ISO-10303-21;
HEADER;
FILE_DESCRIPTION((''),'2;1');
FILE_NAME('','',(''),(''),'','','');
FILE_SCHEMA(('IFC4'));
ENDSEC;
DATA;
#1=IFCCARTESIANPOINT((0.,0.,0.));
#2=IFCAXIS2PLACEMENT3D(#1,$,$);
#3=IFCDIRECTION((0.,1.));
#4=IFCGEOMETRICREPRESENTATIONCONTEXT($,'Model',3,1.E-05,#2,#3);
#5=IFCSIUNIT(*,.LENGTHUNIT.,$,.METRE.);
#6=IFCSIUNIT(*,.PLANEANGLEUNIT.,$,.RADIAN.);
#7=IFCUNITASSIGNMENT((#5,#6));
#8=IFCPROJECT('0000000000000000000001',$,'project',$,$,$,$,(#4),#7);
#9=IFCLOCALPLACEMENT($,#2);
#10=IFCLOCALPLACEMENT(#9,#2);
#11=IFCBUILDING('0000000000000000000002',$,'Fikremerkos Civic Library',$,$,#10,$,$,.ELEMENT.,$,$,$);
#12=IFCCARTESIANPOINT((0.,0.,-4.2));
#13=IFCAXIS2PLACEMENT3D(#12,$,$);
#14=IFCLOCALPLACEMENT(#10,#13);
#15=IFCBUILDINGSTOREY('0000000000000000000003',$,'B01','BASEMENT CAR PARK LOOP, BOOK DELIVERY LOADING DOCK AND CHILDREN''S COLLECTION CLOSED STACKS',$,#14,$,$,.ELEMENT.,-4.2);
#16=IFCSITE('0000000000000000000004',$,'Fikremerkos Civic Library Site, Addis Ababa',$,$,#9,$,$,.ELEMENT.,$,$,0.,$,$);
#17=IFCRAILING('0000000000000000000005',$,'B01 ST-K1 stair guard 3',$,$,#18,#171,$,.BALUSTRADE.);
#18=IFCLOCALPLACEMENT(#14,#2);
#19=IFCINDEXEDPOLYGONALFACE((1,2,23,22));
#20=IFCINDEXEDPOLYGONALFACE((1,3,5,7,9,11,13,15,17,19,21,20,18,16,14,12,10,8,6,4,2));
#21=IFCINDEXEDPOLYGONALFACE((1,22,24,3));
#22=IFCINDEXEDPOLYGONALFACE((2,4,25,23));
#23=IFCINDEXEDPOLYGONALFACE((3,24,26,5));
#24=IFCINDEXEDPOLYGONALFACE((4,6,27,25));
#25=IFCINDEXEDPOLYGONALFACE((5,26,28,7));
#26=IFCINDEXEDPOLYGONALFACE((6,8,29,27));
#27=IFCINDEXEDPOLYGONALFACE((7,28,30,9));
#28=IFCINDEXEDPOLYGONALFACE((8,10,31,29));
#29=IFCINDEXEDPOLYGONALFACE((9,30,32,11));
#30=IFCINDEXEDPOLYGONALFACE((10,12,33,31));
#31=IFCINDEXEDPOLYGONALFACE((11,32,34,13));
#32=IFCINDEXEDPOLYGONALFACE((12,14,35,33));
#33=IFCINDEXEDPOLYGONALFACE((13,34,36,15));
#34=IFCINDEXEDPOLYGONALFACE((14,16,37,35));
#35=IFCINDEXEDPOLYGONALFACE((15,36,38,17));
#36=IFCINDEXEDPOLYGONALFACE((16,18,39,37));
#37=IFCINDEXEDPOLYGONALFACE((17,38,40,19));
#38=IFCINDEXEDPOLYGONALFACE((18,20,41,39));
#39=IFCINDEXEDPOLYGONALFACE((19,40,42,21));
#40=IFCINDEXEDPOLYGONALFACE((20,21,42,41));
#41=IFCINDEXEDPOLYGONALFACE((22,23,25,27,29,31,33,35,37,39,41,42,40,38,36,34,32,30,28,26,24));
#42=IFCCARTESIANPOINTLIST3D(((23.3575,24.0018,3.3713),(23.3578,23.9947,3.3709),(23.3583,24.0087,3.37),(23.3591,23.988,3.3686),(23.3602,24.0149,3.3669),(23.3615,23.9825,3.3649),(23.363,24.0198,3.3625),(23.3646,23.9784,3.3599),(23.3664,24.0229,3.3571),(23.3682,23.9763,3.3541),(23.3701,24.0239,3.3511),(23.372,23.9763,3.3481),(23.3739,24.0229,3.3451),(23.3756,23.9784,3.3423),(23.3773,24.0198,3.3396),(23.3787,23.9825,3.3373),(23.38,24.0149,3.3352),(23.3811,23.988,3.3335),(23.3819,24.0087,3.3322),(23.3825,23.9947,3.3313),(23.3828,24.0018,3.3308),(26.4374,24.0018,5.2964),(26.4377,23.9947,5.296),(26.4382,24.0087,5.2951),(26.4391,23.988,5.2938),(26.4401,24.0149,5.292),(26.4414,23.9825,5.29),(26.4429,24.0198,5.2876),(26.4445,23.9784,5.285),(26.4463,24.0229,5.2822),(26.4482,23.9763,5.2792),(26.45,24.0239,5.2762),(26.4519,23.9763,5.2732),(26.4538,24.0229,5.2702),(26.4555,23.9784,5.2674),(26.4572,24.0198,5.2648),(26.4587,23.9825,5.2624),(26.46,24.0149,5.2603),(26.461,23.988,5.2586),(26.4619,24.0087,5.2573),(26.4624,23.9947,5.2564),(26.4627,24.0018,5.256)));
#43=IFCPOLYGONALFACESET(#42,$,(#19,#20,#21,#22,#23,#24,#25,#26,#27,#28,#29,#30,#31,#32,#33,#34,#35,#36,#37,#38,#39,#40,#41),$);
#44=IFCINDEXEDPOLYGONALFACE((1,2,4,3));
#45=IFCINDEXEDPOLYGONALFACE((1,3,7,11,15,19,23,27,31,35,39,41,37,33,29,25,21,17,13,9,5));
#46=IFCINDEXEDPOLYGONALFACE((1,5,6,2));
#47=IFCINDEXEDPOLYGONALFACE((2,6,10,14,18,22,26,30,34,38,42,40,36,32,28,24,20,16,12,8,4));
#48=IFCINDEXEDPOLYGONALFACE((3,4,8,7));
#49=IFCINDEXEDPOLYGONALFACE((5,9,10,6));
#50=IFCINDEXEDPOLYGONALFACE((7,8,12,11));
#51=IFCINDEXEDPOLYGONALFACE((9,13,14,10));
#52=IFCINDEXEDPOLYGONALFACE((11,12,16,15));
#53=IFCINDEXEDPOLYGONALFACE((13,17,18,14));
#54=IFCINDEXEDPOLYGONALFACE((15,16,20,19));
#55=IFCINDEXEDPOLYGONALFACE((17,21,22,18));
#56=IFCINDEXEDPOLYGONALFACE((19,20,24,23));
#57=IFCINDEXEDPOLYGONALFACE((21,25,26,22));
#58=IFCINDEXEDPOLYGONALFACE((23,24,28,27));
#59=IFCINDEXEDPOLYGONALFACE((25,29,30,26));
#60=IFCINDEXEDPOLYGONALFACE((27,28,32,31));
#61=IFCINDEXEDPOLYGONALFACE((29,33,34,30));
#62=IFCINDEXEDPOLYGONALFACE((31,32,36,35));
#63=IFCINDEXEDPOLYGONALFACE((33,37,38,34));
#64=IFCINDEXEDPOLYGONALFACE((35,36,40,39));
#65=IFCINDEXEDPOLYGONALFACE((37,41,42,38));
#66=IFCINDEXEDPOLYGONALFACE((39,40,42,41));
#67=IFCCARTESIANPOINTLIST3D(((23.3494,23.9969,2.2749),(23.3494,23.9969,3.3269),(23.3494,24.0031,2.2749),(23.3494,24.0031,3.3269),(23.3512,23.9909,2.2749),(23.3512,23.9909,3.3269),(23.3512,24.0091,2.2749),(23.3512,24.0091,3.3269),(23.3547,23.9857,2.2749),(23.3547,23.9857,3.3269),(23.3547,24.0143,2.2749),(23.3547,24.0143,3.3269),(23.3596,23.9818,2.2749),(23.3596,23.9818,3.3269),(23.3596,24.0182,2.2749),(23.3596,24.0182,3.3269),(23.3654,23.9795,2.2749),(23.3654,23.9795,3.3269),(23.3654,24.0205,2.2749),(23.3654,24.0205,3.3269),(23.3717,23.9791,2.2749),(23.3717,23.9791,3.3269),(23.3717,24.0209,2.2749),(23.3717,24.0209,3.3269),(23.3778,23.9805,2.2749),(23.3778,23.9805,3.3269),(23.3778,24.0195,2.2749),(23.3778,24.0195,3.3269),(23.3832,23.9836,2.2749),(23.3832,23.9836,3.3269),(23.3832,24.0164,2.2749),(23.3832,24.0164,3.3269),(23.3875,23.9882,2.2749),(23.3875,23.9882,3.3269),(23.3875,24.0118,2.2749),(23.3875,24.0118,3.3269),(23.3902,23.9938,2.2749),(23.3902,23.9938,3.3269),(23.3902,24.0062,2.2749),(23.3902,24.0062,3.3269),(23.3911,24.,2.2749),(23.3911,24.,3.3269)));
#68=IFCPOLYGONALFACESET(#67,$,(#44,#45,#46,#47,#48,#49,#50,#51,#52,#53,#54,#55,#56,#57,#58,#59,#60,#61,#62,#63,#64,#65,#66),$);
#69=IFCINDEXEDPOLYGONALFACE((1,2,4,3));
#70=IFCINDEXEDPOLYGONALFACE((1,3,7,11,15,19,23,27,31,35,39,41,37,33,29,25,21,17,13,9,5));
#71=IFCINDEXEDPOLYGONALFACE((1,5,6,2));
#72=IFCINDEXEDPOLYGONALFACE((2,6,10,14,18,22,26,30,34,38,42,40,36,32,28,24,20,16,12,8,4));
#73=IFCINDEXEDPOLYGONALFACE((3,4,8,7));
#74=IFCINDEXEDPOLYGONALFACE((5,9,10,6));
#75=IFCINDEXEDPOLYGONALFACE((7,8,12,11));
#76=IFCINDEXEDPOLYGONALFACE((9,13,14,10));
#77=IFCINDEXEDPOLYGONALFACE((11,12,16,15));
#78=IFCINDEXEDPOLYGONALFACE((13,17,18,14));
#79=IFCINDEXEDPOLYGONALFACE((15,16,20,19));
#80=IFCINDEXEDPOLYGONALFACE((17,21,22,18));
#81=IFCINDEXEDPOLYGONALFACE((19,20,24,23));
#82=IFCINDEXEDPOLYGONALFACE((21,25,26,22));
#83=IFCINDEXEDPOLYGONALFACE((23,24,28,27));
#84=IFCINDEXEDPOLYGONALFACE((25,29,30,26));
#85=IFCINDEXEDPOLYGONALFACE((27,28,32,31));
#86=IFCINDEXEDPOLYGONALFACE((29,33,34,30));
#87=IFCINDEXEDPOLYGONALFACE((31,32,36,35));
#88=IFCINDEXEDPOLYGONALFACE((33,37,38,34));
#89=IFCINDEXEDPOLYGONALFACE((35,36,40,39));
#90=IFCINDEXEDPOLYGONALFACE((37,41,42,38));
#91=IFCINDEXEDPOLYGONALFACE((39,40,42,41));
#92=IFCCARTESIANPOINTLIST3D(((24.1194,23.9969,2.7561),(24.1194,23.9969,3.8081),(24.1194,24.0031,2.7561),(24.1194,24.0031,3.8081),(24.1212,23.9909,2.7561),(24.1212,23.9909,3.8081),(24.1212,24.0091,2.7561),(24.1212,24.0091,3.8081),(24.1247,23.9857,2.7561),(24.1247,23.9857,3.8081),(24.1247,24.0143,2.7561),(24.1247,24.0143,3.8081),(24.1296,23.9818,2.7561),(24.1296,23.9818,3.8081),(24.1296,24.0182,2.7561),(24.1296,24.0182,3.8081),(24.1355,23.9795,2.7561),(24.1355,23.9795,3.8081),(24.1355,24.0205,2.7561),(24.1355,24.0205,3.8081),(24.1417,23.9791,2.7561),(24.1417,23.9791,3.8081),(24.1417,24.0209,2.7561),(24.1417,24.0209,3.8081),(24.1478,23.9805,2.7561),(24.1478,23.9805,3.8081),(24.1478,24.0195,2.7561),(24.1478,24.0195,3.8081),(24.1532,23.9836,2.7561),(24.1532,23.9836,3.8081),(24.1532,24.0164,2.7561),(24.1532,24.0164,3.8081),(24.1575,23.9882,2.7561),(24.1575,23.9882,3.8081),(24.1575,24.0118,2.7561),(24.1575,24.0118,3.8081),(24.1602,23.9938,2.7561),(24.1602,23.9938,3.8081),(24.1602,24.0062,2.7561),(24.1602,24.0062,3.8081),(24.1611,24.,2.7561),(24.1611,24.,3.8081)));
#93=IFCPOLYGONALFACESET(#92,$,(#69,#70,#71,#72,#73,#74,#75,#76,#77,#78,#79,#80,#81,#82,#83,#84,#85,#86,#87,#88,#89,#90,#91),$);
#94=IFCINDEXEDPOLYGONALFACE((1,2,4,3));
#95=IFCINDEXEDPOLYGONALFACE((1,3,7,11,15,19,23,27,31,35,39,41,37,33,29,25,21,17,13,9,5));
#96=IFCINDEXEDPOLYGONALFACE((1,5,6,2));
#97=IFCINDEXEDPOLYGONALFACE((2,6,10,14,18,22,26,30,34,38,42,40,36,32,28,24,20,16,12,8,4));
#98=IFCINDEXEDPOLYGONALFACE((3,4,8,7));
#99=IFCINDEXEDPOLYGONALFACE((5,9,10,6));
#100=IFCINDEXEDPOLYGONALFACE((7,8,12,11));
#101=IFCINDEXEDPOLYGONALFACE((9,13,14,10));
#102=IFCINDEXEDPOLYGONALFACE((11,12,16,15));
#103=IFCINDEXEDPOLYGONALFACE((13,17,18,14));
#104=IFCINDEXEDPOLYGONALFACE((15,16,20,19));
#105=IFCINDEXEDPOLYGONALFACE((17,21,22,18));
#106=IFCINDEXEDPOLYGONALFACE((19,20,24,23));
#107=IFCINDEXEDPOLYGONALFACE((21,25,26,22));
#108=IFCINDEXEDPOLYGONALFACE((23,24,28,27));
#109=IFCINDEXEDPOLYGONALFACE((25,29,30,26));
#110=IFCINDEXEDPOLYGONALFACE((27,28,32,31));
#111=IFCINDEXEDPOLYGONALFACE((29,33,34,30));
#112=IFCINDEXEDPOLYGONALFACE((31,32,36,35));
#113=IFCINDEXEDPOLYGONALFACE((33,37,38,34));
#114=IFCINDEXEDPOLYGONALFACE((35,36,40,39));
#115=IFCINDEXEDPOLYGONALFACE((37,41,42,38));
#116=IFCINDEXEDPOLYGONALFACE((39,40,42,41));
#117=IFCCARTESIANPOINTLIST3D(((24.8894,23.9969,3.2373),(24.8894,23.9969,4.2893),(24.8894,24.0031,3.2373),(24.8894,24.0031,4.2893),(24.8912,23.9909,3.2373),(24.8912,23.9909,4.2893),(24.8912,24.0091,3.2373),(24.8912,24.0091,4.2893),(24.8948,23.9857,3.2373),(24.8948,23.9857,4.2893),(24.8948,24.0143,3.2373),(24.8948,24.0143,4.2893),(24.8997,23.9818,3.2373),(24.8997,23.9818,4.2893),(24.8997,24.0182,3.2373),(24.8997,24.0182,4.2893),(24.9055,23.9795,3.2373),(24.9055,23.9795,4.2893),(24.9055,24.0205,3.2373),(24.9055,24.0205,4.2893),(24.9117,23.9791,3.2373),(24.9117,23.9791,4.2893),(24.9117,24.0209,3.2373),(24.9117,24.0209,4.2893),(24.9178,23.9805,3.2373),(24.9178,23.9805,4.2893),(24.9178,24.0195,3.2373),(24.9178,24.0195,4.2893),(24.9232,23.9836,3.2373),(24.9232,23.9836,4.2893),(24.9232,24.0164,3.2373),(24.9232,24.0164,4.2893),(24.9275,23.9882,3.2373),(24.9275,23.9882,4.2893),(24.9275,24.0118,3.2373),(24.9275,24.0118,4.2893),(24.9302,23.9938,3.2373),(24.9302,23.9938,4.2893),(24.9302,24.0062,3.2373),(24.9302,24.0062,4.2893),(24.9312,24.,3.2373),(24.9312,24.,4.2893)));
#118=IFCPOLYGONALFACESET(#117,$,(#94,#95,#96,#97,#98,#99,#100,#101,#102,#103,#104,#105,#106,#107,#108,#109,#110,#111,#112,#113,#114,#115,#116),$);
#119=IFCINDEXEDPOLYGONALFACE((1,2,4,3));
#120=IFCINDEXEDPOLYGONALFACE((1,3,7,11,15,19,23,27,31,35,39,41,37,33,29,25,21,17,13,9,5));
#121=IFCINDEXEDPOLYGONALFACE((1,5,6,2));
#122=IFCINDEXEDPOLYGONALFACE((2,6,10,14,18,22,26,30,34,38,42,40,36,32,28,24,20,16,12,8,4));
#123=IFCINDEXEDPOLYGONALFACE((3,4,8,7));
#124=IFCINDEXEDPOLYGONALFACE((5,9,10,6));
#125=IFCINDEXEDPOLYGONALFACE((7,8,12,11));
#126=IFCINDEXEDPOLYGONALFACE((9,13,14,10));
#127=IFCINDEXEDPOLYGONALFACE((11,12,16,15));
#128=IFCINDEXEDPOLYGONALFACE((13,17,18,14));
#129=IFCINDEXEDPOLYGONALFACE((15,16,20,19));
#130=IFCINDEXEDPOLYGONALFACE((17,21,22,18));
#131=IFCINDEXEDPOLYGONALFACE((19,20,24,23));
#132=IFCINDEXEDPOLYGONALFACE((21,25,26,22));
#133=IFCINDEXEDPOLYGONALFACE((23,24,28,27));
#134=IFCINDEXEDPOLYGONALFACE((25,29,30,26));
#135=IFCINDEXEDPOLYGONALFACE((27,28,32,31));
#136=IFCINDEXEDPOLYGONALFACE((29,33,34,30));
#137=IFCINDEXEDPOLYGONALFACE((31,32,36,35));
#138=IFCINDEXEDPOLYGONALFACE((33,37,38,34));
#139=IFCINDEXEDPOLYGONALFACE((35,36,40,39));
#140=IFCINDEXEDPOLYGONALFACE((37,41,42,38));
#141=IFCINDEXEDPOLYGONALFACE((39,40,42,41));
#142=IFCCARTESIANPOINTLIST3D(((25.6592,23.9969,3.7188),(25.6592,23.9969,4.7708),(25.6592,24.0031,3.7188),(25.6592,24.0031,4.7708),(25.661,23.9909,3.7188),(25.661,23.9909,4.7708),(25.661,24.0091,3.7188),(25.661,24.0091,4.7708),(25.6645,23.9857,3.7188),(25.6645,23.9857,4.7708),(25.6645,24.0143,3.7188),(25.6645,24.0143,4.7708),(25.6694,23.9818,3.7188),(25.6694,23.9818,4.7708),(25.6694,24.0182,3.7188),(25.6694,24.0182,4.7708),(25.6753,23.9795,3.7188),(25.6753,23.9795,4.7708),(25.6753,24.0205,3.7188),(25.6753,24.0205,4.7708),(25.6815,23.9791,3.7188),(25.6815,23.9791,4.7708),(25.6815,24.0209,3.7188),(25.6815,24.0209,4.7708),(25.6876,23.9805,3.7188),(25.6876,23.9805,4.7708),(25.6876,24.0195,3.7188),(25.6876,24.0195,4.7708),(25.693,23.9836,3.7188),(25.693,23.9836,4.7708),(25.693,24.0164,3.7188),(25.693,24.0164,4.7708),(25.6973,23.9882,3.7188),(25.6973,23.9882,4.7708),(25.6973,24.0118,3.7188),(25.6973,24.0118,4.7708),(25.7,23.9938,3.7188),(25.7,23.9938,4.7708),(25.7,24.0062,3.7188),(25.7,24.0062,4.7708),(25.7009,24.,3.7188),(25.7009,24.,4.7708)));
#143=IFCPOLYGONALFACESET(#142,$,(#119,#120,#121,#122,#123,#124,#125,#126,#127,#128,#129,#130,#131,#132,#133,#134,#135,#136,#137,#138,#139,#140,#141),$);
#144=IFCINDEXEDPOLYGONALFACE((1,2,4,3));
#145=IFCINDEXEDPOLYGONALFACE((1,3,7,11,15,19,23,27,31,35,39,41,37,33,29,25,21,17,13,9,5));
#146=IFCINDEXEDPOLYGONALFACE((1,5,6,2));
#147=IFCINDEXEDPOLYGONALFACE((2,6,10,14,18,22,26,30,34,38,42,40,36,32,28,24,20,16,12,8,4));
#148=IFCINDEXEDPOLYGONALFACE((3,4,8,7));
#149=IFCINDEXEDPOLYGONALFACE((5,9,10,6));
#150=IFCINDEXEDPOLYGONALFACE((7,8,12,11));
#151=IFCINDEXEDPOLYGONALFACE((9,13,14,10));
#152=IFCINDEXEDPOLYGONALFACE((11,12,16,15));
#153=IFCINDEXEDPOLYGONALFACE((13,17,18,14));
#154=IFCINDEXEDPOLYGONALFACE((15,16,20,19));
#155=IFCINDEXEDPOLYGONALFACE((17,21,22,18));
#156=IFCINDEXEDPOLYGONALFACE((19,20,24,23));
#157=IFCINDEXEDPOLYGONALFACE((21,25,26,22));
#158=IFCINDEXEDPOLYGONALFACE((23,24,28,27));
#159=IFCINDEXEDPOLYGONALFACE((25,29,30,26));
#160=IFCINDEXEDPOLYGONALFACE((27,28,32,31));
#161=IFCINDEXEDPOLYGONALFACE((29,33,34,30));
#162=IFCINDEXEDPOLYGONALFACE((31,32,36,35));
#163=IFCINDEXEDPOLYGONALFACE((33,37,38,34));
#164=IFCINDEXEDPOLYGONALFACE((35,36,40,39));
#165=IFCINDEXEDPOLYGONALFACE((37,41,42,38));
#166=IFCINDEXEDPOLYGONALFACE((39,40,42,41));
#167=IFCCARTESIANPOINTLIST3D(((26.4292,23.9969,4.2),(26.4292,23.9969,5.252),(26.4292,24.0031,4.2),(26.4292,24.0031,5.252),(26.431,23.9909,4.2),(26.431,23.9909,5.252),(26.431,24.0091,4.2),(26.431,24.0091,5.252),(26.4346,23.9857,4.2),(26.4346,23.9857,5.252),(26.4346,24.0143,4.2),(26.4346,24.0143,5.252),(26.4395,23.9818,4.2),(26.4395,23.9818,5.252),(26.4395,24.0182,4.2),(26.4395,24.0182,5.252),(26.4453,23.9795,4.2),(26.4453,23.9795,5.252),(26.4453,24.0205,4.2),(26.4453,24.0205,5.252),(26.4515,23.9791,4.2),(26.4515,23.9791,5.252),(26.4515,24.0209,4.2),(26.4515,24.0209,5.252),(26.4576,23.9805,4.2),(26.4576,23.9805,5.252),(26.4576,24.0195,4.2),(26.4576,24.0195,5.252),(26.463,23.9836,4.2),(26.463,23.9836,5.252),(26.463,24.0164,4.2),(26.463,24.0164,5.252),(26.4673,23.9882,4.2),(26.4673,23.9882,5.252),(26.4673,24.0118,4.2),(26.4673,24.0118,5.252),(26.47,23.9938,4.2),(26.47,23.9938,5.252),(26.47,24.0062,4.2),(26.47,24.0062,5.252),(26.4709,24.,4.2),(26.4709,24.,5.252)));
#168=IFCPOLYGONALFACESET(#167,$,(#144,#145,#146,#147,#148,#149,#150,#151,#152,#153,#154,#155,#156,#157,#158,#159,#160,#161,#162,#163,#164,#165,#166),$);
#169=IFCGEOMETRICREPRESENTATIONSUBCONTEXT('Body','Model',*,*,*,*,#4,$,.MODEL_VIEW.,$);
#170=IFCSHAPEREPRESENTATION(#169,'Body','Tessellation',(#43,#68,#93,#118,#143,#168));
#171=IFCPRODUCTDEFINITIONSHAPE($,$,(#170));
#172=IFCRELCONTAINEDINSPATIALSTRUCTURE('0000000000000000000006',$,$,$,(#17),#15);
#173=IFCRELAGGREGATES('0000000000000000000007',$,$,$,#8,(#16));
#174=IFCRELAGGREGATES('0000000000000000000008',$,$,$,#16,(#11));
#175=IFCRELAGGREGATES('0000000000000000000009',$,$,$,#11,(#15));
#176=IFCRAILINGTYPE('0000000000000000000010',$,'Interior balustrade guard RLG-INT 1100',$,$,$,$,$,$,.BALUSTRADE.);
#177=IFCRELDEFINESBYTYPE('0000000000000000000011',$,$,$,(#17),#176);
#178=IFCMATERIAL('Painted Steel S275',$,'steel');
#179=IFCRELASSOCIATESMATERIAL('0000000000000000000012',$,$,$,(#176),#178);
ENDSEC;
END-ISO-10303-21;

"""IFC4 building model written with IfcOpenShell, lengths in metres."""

from ifc_helpers import new_model, si_unit, direction, frame, origin, origin_2d, place, context, subcontext, project, spatial, circle, extrude, material, type_object, element, save


model = new_model("IFC4")

# Units and contexts
model_context = context("Model", 3, precision=1e-05, world=origin(), true_north=direction((0.0, 1.0)))
body_context = subcontext(model_context, "Body", "Model", "MODEL_VIEW")
ifc_project = project(units=[si_unit("LENGTHUNIT", "METRE"), si_unit("PLANEANGLEUNIT", "RADIAN")], contexts=[model_context])

# Site, building, storey
site_placement = place(None, origin())
site = spatial("IfcSite", under=ifc_project, at=site_placement, Name="Fikremerkos Civic Library Site, Addis Ababa", CompositionType="ELEMENT", RefElevation=0.0)
building_placement = place(site_placement, origin())
building = spatial("IfcBuilding", under=site, at=building_placement, Name="Fikremerkos Civic Library", CompositionType="ELEMENT")
storey_placement = place(building_placement, frame((0.0, 0.0, -4.2)))
storey = spatial("IfcBuildingStorey", under=building, at=storey_placement, Name="B01", Description="BASEMENT CAR PARK LOOP, BOOK DELIVERY LOADING DOCK AND CHILDREN'S COLLECTION CLOSED STACKS", CompositionType="ELEMENT", Elevation=-4.2)

# Railing
ifc_material_1 = material(Name="Painted Steel S275", Category="steel")
railing_type_1 = type_object("IfcRailingType", Name="Interior balustrade guard RLG-INT 1100", PredefinedType="BALUSTRADE", material=ifc_material_1)
railing_1_placement = place(storey_placement, frame((23.3701, 24.0, 2.2749)))
element("IfcRailing", 1, at=railing_1_placement, inside=storey, type_object=railing_type_1, Name="B01 ST-K1 stair guard 3", PredefinedType="BALUSTRADE", context=body_context, shape_type="SweptSolid", body=[
    extrude(circle(Radius=0.0239, at=origin_2d()), frame((0.0, 0.0, 1.0762), z_axis=(0.847979, 0.0, 0.530029), x_axis=(0.0, 1.0, 0.0)), (0.0, 0.0, 1.0), 3.6321),
    extrude(circle(Radius=0.021, at=origin_2d()), origin(), (0.0, 0.0, 1.0), 1.052),
    extrude(circle(Radius=0.021, at=origin_2d()), frame((0.77, 0.0, 0.4812)), (0.0, 0.0, 1.0), 1.052),
    extrude(circle(Radius=0.021, at=origin_2d()), frame((1.54, 0.0, 0.9624)), (0.0, 0.0, 1.0), 1.052),
    extrude(circle(Radius=0.021, at=origin_2d()), frame((2.3098, 0.0, 1.4438)), (0.0, 0.0, 1.0), 1.052),
    extrude(circle(Radius=0.021, at=origin_2d()), frame((3.0798, 0.0, 1.925)), (0.0, 0.0, 1.0), 1.052),
])

save(model, "model.ifc")
